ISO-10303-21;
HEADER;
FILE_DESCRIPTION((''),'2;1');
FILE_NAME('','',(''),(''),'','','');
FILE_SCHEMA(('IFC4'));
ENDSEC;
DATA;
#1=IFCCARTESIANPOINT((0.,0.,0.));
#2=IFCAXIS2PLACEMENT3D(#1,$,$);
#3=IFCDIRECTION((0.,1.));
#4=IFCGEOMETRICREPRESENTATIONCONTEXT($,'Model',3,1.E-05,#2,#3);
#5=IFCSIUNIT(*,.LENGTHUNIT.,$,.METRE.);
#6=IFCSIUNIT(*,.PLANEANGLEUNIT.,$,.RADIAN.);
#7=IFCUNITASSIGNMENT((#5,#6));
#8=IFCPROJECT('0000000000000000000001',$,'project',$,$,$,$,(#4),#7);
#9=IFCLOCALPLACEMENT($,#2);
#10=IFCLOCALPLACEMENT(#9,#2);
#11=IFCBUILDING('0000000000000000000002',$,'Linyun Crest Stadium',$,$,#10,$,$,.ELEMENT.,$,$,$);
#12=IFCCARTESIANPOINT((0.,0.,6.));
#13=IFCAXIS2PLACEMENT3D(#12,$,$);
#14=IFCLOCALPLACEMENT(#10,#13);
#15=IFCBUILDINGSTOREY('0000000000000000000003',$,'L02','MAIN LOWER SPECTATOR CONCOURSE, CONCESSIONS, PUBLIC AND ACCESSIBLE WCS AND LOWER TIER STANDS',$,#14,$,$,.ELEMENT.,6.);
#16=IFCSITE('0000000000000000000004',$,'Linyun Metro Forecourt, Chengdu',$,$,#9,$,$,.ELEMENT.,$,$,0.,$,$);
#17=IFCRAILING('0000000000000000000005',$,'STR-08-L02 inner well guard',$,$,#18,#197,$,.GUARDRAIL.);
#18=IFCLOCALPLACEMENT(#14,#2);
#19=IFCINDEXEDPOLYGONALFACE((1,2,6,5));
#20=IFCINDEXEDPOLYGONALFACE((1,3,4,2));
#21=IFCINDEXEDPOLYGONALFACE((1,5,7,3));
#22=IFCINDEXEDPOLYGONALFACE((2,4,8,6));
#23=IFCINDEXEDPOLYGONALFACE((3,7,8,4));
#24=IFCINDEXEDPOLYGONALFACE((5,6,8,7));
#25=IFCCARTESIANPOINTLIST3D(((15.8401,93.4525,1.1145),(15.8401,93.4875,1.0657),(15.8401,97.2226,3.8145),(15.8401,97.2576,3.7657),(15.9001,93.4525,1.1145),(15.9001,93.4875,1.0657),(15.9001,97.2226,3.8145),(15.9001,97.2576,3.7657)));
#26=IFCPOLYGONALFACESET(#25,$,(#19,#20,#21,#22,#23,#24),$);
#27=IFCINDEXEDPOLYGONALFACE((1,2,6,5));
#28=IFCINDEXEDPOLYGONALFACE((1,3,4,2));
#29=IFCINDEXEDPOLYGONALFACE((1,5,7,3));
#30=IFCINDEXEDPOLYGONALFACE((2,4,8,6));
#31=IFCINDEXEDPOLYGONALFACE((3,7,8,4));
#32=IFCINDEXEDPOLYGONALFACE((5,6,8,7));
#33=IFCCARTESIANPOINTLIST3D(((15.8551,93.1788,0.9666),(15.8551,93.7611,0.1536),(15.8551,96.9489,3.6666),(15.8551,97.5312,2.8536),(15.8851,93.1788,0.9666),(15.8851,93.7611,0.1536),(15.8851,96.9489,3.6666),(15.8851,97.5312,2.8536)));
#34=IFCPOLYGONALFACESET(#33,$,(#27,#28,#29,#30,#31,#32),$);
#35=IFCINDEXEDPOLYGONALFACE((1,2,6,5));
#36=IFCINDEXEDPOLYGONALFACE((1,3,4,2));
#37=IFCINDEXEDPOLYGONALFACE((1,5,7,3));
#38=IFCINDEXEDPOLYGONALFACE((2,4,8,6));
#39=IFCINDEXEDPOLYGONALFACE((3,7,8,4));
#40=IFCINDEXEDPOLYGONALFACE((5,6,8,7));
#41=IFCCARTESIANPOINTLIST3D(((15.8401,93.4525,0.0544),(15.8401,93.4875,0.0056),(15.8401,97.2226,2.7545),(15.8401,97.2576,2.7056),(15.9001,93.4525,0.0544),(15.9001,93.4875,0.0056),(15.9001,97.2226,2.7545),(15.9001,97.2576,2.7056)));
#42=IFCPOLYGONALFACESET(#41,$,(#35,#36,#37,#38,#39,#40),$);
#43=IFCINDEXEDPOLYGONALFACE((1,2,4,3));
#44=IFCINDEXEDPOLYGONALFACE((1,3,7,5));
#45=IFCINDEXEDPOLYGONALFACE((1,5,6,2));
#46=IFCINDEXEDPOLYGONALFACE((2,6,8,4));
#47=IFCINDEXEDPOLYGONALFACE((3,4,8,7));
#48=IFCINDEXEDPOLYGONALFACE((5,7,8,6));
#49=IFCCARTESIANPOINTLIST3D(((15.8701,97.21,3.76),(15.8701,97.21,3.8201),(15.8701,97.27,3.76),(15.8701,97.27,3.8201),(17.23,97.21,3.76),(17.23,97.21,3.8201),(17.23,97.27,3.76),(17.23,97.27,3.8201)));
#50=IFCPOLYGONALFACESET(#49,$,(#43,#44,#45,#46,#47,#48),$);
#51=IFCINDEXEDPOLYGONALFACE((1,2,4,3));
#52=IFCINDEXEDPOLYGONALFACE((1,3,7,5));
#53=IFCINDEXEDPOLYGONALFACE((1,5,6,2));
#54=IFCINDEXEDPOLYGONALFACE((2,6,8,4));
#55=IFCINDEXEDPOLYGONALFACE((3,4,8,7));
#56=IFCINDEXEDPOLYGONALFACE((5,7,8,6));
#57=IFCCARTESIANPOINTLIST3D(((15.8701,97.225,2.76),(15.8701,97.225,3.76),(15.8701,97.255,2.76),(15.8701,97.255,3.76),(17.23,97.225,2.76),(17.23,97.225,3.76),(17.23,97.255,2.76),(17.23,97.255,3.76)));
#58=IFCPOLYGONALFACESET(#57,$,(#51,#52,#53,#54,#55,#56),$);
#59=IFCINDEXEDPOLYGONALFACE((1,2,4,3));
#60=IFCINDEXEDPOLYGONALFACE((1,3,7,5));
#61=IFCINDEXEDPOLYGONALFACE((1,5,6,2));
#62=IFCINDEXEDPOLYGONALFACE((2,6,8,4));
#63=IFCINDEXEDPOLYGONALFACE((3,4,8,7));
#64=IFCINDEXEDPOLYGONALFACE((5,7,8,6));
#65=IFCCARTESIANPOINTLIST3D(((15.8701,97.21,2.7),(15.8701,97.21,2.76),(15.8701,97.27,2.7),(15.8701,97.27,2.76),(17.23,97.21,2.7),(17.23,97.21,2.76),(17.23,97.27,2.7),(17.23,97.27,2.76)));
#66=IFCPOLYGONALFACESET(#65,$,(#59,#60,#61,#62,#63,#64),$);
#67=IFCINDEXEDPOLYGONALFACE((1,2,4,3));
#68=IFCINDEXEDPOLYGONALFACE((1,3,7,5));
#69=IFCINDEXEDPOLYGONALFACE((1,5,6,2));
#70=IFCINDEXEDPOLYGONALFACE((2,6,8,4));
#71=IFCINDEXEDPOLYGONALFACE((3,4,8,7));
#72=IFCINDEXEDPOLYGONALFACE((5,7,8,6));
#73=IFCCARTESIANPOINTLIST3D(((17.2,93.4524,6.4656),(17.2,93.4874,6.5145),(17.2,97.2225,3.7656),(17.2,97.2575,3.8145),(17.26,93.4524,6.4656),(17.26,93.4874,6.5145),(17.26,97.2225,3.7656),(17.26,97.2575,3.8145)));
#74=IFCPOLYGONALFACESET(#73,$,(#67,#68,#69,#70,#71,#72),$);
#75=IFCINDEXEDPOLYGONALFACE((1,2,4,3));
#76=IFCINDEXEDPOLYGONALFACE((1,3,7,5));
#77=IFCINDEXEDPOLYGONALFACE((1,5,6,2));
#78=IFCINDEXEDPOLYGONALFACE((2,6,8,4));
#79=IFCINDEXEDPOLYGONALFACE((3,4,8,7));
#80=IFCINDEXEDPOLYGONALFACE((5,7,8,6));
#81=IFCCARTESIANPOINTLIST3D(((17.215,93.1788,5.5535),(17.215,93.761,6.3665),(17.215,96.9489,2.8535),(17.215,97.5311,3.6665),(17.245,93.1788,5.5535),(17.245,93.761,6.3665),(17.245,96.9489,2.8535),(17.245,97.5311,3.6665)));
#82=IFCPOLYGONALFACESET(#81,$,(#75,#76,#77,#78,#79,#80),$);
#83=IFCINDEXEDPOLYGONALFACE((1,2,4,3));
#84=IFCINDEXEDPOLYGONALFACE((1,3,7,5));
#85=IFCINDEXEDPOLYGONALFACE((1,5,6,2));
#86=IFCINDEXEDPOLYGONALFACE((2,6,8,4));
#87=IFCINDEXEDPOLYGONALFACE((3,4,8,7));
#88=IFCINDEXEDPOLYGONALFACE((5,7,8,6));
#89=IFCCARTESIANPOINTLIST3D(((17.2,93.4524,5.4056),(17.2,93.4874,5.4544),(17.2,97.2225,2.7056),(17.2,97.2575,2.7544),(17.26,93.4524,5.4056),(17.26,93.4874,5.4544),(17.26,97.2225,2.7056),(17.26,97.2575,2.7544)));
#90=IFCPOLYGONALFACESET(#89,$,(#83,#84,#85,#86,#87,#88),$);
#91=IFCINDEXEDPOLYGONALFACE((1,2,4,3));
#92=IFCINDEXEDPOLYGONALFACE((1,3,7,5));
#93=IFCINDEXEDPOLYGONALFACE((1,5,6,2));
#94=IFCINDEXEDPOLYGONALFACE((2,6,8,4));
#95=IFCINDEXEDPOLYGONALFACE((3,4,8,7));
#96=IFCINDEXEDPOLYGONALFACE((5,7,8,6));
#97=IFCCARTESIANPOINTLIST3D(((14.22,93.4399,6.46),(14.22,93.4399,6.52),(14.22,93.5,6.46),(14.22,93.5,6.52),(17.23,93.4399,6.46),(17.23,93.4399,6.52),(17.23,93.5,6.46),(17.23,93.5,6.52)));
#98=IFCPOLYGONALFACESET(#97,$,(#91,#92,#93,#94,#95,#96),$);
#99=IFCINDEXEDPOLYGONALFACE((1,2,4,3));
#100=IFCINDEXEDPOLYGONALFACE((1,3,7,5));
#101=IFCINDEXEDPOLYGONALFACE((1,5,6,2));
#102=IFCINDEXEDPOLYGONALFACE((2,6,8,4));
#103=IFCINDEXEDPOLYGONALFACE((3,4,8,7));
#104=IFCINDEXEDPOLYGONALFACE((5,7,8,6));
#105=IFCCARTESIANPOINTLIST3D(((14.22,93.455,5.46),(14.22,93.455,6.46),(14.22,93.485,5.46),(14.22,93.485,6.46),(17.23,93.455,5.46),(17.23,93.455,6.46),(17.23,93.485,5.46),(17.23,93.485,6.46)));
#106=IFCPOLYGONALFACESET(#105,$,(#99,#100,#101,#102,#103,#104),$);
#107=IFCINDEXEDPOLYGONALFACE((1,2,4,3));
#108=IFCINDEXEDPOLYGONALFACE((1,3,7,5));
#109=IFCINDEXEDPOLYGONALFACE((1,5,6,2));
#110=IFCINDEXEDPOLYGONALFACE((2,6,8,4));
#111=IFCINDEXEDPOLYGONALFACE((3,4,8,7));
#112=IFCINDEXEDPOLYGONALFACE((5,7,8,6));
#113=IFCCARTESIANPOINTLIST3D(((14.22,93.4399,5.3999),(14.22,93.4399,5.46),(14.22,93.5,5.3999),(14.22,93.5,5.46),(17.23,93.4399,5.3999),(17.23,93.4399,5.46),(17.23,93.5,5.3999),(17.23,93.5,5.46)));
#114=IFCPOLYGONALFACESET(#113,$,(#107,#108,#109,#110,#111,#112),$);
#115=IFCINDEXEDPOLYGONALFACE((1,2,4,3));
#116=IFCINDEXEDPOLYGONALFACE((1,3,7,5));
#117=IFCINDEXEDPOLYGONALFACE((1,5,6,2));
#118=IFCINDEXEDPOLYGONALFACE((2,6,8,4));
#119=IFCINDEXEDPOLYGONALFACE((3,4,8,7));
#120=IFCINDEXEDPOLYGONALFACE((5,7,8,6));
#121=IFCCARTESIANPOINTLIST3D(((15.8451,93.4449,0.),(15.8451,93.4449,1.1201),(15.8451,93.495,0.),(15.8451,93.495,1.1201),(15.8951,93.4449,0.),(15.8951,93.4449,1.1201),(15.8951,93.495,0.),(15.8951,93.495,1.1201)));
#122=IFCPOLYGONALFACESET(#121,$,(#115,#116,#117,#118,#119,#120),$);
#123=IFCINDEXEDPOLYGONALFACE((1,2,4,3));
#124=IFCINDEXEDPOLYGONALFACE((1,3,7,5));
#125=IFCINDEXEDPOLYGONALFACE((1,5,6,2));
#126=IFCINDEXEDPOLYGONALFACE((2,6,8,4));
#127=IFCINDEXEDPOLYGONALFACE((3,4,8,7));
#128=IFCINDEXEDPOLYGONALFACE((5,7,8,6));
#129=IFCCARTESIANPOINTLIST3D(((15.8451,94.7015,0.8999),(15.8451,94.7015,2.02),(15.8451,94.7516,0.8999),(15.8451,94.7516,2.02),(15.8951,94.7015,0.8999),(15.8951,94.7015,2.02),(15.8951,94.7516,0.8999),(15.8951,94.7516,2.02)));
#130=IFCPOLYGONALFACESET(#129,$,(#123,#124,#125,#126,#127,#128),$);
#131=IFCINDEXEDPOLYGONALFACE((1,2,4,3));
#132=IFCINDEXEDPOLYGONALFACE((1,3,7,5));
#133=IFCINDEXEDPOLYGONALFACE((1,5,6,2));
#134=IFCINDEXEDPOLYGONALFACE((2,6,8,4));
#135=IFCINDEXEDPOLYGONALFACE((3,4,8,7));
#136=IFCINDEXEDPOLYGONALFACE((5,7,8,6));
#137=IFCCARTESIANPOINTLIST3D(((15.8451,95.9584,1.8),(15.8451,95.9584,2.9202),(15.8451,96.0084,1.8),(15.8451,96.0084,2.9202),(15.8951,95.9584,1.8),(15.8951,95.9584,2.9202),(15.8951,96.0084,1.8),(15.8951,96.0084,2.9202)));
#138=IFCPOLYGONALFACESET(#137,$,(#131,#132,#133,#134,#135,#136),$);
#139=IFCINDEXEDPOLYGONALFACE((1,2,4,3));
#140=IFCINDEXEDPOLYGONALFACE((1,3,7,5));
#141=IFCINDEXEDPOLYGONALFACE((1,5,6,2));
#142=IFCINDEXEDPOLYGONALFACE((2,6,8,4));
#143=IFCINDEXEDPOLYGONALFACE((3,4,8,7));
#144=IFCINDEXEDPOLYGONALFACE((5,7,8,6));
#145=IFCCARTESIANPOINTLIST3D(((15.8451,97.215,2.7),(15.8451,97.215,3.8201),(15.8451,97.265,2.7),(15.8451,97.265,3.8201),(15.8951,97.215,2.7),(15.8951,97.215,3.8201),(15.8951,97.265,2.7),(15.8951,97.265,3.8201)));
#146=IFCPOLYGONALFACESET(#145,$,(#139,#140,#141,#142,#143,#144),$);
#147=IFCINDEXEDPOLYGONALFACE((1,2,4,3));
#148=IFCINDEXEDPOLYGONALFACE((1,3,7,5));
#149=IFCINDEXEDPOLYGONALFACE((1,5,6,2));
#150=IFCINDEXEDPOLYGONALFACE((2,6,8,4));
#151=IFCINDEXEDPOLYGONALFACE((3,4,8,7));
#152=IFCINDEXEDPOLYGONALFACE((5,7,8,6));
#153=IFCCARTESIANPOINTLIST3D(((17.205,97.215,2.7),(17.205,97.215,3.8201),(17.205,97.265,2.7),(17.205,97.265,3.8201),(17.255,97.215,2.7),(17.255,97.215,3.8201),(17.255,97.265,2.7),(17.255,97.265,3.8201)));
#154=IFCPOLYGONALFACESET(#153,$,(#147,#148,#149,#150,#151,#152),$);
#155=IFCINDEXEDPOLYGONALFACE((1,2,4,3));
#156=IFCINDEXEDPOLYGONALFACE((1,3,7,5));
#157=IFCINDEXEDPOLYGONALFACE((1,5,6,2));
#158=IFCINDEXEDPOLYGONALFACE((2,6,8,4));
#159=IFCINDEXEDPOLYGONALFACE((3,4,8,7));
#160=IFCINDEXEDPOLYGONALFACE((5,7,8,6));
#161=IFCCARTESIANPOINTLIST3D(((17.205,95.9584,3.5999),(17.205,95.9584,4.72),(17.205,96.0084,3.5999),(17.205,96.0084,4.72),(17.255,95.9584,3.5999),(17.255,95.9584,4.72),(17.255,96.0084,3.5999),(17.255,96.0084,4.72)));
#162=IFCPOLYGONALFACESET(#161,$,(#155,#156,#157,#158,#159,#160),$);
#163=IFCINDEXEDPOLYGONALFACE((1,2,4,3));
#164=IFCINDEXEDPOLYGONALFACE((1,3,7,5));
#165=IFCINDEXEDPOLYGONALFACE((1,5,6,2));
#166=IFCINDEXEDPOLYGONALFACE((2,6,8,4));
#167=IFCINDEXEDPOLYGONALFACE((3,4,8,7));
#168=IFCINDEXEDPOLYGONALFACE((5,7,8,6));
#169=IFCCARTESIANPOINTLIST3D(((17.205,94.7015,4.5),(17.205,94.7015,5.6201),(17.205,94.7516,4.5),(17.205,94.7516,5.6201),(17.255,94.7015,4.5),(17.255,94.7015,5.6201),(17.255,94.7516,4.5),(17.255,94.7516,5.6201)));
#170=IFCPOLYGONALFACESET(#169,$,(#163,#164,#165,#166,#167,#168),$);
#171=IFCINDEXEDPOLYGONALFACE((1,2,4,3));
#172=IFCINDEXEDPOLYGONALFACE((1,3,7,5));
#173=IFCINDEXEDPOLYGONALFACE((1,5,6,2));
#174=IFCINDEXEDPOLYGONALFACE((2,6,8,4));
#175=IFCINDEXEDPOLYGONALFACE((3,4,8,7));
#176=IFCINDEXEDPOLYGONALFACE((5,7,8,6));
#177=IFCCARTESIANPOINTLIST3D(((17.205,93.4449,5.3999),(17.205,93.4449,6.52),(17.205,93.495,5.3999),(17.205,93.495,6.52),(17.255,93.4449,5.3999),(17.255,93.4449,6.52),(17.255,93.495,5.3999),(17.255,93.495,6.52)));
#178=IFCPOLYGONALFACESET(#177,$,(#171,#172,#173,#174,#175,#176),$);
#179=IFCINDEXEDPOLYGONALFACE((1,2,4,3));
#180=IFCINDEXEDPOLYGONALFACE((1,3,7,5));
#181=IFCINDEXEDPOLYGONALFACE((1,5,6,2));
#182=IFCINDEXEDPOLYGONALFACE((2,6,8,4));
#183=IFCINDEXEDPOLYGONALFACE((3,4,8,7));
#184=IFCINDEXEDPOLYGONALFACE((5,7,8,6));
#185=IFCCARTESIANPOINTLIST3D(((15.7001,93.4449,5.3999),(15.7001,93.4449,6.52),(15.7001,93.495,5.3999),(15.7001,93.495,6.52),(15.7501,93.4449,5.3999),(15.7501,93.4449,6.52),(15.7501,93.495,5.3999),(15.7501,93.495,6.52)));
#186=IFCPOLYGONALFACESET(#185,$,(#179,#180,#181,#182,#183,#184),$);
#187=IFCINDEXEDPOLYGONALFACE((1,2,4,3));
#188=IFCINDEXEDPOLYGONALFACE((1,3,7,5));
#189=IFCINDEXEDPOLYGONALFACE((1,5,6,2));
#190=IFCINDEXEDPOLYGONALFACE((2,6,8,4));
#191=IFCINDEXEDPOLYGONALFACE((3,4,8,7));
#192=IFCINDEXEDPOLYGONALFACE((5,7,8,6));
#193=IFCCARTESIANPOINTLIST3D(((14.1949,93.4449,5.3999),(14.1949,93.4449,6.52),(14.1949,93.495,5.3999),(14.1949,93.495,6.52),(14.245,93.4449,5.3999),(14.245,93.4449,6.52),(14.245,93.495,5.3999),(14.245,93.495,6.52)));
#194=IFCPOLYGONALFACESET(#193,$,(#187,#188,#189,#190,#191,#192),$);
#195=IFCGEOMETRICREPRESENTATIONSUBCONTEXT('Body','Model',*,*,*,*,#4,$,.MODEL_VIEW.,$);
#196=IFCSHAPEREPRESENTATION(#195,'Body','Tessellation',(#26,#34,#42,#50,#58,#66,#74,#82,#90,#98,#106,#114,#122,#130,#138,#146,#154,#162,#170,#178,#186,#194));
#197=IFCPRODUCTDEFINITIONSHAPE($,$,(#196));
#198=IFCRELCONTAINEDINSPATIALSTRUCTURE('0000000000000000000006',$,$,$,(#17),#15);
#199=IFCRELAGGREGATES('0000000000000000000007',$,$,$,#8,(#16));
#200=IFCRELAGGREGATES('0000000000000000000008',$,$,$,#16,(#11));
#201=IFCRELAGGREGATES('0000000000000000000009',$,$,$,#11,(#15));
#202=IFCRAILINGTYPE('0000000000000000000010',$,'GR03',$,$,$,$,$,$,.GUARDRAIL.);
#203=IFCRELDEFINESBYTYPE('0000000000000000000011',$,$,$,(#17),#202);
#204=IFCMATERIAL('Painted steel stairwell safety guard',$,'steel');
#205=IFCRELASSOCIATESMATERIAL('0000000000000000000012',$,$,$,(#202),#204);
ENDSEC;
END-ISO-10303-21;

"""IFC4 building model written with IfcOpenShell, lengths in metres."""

from ifc_helpers import new_model, si_unit, direction, frame, origin, origin_2d, place, context, subcontext, project, spatial, rectangle, extrude, material, type_object, element, save


model = new_model("IFC4")

# Units and contexts
model_context = context("Model", 3, precision=1e-05, world=origin(), true_north=direction((0.0, 1.0)))
body_context = subcontext(model_context, "Body", "Model", "MODEL_VIEW")
ifc_project = project(units=[si_unit("LENGTHUNIT", "METRE"), si_unit("PLANEANGLEUNIT", "RADIAN")], contexts=[model_context])

# Site, building, storey
site_placement = place(None, origin())
site = spatial("IfcSite", under=ifc_project, at=site_placement, Name="Linyun Metro Forecourt, Chengdu", CompositionType="ELEMENT", RefElevation=0.0)
building_placement = place(site_placement, origin())
building = spatial("IfcBuilding", under=site, at=building_placement, Name="Linyun Crest Stadium", CompositionType="ELEMENT")
storey_placement = place(building_placement, frame((0.0, 0.0, 6.0)))
storey = spatial("IfcBuildingStorey", under=building, at=storey_placement, Name="L02", Description="MAIN LOWER SPECTATOR CONCOURSE, CONCESSIONS, PUBLIC AND ACCESSIBLE WCS AND LOWER TIER STANDS", CompositionType="ELEMENT", Elevation=6.0)

# Railing
ifc_material_1 = material(Name="Painted steel stairwell safety guard", Category="steel")
railing_type_1 = type_object("IfcRailingType", Name="GR03", PredefinedType="GUARDRAIL", material=ifc_material_1)
railing_1_placement = place(storey_placement, frame((15.8701, 93.47, 0.0)))
element("IfcRailing", 1, at=railing_1_placement, inside=storey, type_object=railing_type_1, Name="STR-08-L02 inner well guard", PredefinedType="GUARDRAIL", context=body_context, shape_type="SweptSolid", body=[
    extrude(rectangle(XDim=0.0601, YDim=0.0601, at=origin_2d()), frame((0.0, 0.0, 1.0901), z_axis=(0.0, 0.813011, 0.582249), x_axis=(-1.0, 0.0, 0.0)), (0.0, 0.0, 1.0), 4.6372),
    extrude(rectangle(XDim=0.03, YDim=1.0, at=origin_2d()), frame((0.0, 0.0, 0.5601), z_axis=(0.0, 0.813011, 0.582249), x_axis=(-1.0, 0.0, 0.0)), (0.0, 0.0, 1.0), 4.6372),
    extrude(rectangle(XDim=0.0601, YDim=0.0601, at=origin_2d()), frame((0.0, 0.0, 0.03), z_axis=(0.0, 0.813011, 0.582249), x_axis=(-1.0, 0.0, 0.0)), (0.0, 0.0, 1.0), 4.6372),
    extrude(rectangle(XDim=0.0601, YDim=0.0601, at=origin_2d()), frame((0.0, 3.77, 3.79), z_axis=(1.0, 0.0, 0.0), x_axis=(0.0, 1.0, 0.0)), (0.0, 0.0, 1.0), 1.3599),
    extrude(rectangle(XDim=0.03, YDim=1.0, at=origin_2d()), frame((0.0, 3.77, 3.26), z_axis=(1.0, 0.0, 0.0), x_axis=(0.0, 1.0, 0.0)), (0.0, 0.0, 1.0), 1.3599),
    extrude(rectangle(XDim=0.0601, YDim=0.0601, at=origin_2d()), frame((0.0, 3.77, 2.73), z_axis=(1.0, 0.0, 0.0), x_axis=(0.0, 1.0, 0.0)), (0.0, 0.0, 1.0), 1.3599),
    extrude(rectangle(XDim=0.0601, YDim=0.0601, at=origin_2d()), frame((1.3599, 3.77, 3.79), z_axis=(0.0, -0.813011, 0.582249), x_axis=(1.0, 0.0, 0.0)), (0.0, 0.0, 1.0), 4.6372),
    extrude(rectangle(XDim=0.03, YDim=1.0, at=origin_2d()), frame((1.3599, 3.77, 3.26), z_axis=(0.0, -0.813011, 0.582249), x_axis=(1.0, 0.0, 0.0)), (0.0, 0.0, 1.0), 4.6372),
    extrude(rectangle(XDim=0.0601, YDim=0.0601, at=origin_2d()), frame((1.3599, 3.77, 2.73), z_axis=(0.0, -0.813011, 0.582249), x_axis=(1.0, 0.0, 0.0)), (0.0, 0.0, 1.0), 4.6372),
    extrude(rectangle(XDim=0.0601, YDim=0.0601, at=origin_2d()), frame((1.3599, 0.0, 6.49), z_axis=(-1.0, 0.0, 0.0), x_axis=(0.0, -1.0, 0.0)), (0.0, 0.0, 1.0), 3.01),
    extrude(rectangle(XDim=0.03, YDim=1.0, at=origin_2d()), frame((1.3599, 0.0, 5.96), z_axis=(-1.0, 0.0, 0.0), x_axis=(0.0, -1.0, 0.0)), (0.0, 0.0, 1.0), 3.01),
    extrude(rectangle(XDim=0.0601, YDim=0.0601, at=origin_2d()), frame((1.3599, 0.0, 5.4299), z_axis=(-1.0, 0.0, 0.0), x_axis=(0.0, -1.0, 0.0)), (0.0, 0.0, 1.0), 3.01),
    extrude(rectangle(XDim=0.05, YDim=0.05, at=origin_2d()), origin(), (0.0, 0.0, 1.0), 1.1201),
    extrude(rectangle(XDim=0.05, YDim=0.05, at=origin_2d()), frame((0.0, 1.2566, 0.8999)), (0.0, 0.0, 1.0), 1.1201),
    extrude(rectangle(XDim=0.05, YDim=0.05, at=origin_2d()), frame((0.0, 2.5134, 1.8)), (0.0, 0.0, 1.0), 1.1201),
    extrude(rectangle(XDim=0.05, YDim=0.05, at=origin_2d()), frame((0.0, 3.77, 2.7)), (0.0, 0.0, 1.0), 1.1201),
    extrude(rectangle(XDim=0.05, YDim=0.05, at=origin_2d()), frame((1.3599, 3.77, 2.7)), (0.0, 0.0, 1.0), 1.1201),
    extrude(rectangle(XDim=0.05, YDim=0.05, at=origin_2d()), frame((1.3599, 2.5134, 3.5999)), (0.0, 0.0, 1.0), 1.1201),
    extrude(rectangle(XDim=0.05, YDim=0.05, at=origin_2d()), frame((1.3599, 1.2566, 4.5)), (0.0, 0.0, 1.0), 1.1201),
    extrude(rectangle(XDim=0.05, YDim=0.05, at=origin_2d()), frame((1.3599, 0.0, 5.3999)), (0.0, 0.0, 1.0), 1.1201),
    extrude(rectangle(XDim=0.05, YDim=0.05, at=origin_2d()), frame((-0.145, 0.0, 5.3999)), (0.0, 0.0, 1.0), 1.1201),
    extrude(rectangle(XDim=0.05, YDim=0.05, at=origin_2d()), frame((-1.6501, 0.0, 5.3999)), (0.0, 0.0, 1.0), 1.1201),
])

save(model, "model.ifc")
